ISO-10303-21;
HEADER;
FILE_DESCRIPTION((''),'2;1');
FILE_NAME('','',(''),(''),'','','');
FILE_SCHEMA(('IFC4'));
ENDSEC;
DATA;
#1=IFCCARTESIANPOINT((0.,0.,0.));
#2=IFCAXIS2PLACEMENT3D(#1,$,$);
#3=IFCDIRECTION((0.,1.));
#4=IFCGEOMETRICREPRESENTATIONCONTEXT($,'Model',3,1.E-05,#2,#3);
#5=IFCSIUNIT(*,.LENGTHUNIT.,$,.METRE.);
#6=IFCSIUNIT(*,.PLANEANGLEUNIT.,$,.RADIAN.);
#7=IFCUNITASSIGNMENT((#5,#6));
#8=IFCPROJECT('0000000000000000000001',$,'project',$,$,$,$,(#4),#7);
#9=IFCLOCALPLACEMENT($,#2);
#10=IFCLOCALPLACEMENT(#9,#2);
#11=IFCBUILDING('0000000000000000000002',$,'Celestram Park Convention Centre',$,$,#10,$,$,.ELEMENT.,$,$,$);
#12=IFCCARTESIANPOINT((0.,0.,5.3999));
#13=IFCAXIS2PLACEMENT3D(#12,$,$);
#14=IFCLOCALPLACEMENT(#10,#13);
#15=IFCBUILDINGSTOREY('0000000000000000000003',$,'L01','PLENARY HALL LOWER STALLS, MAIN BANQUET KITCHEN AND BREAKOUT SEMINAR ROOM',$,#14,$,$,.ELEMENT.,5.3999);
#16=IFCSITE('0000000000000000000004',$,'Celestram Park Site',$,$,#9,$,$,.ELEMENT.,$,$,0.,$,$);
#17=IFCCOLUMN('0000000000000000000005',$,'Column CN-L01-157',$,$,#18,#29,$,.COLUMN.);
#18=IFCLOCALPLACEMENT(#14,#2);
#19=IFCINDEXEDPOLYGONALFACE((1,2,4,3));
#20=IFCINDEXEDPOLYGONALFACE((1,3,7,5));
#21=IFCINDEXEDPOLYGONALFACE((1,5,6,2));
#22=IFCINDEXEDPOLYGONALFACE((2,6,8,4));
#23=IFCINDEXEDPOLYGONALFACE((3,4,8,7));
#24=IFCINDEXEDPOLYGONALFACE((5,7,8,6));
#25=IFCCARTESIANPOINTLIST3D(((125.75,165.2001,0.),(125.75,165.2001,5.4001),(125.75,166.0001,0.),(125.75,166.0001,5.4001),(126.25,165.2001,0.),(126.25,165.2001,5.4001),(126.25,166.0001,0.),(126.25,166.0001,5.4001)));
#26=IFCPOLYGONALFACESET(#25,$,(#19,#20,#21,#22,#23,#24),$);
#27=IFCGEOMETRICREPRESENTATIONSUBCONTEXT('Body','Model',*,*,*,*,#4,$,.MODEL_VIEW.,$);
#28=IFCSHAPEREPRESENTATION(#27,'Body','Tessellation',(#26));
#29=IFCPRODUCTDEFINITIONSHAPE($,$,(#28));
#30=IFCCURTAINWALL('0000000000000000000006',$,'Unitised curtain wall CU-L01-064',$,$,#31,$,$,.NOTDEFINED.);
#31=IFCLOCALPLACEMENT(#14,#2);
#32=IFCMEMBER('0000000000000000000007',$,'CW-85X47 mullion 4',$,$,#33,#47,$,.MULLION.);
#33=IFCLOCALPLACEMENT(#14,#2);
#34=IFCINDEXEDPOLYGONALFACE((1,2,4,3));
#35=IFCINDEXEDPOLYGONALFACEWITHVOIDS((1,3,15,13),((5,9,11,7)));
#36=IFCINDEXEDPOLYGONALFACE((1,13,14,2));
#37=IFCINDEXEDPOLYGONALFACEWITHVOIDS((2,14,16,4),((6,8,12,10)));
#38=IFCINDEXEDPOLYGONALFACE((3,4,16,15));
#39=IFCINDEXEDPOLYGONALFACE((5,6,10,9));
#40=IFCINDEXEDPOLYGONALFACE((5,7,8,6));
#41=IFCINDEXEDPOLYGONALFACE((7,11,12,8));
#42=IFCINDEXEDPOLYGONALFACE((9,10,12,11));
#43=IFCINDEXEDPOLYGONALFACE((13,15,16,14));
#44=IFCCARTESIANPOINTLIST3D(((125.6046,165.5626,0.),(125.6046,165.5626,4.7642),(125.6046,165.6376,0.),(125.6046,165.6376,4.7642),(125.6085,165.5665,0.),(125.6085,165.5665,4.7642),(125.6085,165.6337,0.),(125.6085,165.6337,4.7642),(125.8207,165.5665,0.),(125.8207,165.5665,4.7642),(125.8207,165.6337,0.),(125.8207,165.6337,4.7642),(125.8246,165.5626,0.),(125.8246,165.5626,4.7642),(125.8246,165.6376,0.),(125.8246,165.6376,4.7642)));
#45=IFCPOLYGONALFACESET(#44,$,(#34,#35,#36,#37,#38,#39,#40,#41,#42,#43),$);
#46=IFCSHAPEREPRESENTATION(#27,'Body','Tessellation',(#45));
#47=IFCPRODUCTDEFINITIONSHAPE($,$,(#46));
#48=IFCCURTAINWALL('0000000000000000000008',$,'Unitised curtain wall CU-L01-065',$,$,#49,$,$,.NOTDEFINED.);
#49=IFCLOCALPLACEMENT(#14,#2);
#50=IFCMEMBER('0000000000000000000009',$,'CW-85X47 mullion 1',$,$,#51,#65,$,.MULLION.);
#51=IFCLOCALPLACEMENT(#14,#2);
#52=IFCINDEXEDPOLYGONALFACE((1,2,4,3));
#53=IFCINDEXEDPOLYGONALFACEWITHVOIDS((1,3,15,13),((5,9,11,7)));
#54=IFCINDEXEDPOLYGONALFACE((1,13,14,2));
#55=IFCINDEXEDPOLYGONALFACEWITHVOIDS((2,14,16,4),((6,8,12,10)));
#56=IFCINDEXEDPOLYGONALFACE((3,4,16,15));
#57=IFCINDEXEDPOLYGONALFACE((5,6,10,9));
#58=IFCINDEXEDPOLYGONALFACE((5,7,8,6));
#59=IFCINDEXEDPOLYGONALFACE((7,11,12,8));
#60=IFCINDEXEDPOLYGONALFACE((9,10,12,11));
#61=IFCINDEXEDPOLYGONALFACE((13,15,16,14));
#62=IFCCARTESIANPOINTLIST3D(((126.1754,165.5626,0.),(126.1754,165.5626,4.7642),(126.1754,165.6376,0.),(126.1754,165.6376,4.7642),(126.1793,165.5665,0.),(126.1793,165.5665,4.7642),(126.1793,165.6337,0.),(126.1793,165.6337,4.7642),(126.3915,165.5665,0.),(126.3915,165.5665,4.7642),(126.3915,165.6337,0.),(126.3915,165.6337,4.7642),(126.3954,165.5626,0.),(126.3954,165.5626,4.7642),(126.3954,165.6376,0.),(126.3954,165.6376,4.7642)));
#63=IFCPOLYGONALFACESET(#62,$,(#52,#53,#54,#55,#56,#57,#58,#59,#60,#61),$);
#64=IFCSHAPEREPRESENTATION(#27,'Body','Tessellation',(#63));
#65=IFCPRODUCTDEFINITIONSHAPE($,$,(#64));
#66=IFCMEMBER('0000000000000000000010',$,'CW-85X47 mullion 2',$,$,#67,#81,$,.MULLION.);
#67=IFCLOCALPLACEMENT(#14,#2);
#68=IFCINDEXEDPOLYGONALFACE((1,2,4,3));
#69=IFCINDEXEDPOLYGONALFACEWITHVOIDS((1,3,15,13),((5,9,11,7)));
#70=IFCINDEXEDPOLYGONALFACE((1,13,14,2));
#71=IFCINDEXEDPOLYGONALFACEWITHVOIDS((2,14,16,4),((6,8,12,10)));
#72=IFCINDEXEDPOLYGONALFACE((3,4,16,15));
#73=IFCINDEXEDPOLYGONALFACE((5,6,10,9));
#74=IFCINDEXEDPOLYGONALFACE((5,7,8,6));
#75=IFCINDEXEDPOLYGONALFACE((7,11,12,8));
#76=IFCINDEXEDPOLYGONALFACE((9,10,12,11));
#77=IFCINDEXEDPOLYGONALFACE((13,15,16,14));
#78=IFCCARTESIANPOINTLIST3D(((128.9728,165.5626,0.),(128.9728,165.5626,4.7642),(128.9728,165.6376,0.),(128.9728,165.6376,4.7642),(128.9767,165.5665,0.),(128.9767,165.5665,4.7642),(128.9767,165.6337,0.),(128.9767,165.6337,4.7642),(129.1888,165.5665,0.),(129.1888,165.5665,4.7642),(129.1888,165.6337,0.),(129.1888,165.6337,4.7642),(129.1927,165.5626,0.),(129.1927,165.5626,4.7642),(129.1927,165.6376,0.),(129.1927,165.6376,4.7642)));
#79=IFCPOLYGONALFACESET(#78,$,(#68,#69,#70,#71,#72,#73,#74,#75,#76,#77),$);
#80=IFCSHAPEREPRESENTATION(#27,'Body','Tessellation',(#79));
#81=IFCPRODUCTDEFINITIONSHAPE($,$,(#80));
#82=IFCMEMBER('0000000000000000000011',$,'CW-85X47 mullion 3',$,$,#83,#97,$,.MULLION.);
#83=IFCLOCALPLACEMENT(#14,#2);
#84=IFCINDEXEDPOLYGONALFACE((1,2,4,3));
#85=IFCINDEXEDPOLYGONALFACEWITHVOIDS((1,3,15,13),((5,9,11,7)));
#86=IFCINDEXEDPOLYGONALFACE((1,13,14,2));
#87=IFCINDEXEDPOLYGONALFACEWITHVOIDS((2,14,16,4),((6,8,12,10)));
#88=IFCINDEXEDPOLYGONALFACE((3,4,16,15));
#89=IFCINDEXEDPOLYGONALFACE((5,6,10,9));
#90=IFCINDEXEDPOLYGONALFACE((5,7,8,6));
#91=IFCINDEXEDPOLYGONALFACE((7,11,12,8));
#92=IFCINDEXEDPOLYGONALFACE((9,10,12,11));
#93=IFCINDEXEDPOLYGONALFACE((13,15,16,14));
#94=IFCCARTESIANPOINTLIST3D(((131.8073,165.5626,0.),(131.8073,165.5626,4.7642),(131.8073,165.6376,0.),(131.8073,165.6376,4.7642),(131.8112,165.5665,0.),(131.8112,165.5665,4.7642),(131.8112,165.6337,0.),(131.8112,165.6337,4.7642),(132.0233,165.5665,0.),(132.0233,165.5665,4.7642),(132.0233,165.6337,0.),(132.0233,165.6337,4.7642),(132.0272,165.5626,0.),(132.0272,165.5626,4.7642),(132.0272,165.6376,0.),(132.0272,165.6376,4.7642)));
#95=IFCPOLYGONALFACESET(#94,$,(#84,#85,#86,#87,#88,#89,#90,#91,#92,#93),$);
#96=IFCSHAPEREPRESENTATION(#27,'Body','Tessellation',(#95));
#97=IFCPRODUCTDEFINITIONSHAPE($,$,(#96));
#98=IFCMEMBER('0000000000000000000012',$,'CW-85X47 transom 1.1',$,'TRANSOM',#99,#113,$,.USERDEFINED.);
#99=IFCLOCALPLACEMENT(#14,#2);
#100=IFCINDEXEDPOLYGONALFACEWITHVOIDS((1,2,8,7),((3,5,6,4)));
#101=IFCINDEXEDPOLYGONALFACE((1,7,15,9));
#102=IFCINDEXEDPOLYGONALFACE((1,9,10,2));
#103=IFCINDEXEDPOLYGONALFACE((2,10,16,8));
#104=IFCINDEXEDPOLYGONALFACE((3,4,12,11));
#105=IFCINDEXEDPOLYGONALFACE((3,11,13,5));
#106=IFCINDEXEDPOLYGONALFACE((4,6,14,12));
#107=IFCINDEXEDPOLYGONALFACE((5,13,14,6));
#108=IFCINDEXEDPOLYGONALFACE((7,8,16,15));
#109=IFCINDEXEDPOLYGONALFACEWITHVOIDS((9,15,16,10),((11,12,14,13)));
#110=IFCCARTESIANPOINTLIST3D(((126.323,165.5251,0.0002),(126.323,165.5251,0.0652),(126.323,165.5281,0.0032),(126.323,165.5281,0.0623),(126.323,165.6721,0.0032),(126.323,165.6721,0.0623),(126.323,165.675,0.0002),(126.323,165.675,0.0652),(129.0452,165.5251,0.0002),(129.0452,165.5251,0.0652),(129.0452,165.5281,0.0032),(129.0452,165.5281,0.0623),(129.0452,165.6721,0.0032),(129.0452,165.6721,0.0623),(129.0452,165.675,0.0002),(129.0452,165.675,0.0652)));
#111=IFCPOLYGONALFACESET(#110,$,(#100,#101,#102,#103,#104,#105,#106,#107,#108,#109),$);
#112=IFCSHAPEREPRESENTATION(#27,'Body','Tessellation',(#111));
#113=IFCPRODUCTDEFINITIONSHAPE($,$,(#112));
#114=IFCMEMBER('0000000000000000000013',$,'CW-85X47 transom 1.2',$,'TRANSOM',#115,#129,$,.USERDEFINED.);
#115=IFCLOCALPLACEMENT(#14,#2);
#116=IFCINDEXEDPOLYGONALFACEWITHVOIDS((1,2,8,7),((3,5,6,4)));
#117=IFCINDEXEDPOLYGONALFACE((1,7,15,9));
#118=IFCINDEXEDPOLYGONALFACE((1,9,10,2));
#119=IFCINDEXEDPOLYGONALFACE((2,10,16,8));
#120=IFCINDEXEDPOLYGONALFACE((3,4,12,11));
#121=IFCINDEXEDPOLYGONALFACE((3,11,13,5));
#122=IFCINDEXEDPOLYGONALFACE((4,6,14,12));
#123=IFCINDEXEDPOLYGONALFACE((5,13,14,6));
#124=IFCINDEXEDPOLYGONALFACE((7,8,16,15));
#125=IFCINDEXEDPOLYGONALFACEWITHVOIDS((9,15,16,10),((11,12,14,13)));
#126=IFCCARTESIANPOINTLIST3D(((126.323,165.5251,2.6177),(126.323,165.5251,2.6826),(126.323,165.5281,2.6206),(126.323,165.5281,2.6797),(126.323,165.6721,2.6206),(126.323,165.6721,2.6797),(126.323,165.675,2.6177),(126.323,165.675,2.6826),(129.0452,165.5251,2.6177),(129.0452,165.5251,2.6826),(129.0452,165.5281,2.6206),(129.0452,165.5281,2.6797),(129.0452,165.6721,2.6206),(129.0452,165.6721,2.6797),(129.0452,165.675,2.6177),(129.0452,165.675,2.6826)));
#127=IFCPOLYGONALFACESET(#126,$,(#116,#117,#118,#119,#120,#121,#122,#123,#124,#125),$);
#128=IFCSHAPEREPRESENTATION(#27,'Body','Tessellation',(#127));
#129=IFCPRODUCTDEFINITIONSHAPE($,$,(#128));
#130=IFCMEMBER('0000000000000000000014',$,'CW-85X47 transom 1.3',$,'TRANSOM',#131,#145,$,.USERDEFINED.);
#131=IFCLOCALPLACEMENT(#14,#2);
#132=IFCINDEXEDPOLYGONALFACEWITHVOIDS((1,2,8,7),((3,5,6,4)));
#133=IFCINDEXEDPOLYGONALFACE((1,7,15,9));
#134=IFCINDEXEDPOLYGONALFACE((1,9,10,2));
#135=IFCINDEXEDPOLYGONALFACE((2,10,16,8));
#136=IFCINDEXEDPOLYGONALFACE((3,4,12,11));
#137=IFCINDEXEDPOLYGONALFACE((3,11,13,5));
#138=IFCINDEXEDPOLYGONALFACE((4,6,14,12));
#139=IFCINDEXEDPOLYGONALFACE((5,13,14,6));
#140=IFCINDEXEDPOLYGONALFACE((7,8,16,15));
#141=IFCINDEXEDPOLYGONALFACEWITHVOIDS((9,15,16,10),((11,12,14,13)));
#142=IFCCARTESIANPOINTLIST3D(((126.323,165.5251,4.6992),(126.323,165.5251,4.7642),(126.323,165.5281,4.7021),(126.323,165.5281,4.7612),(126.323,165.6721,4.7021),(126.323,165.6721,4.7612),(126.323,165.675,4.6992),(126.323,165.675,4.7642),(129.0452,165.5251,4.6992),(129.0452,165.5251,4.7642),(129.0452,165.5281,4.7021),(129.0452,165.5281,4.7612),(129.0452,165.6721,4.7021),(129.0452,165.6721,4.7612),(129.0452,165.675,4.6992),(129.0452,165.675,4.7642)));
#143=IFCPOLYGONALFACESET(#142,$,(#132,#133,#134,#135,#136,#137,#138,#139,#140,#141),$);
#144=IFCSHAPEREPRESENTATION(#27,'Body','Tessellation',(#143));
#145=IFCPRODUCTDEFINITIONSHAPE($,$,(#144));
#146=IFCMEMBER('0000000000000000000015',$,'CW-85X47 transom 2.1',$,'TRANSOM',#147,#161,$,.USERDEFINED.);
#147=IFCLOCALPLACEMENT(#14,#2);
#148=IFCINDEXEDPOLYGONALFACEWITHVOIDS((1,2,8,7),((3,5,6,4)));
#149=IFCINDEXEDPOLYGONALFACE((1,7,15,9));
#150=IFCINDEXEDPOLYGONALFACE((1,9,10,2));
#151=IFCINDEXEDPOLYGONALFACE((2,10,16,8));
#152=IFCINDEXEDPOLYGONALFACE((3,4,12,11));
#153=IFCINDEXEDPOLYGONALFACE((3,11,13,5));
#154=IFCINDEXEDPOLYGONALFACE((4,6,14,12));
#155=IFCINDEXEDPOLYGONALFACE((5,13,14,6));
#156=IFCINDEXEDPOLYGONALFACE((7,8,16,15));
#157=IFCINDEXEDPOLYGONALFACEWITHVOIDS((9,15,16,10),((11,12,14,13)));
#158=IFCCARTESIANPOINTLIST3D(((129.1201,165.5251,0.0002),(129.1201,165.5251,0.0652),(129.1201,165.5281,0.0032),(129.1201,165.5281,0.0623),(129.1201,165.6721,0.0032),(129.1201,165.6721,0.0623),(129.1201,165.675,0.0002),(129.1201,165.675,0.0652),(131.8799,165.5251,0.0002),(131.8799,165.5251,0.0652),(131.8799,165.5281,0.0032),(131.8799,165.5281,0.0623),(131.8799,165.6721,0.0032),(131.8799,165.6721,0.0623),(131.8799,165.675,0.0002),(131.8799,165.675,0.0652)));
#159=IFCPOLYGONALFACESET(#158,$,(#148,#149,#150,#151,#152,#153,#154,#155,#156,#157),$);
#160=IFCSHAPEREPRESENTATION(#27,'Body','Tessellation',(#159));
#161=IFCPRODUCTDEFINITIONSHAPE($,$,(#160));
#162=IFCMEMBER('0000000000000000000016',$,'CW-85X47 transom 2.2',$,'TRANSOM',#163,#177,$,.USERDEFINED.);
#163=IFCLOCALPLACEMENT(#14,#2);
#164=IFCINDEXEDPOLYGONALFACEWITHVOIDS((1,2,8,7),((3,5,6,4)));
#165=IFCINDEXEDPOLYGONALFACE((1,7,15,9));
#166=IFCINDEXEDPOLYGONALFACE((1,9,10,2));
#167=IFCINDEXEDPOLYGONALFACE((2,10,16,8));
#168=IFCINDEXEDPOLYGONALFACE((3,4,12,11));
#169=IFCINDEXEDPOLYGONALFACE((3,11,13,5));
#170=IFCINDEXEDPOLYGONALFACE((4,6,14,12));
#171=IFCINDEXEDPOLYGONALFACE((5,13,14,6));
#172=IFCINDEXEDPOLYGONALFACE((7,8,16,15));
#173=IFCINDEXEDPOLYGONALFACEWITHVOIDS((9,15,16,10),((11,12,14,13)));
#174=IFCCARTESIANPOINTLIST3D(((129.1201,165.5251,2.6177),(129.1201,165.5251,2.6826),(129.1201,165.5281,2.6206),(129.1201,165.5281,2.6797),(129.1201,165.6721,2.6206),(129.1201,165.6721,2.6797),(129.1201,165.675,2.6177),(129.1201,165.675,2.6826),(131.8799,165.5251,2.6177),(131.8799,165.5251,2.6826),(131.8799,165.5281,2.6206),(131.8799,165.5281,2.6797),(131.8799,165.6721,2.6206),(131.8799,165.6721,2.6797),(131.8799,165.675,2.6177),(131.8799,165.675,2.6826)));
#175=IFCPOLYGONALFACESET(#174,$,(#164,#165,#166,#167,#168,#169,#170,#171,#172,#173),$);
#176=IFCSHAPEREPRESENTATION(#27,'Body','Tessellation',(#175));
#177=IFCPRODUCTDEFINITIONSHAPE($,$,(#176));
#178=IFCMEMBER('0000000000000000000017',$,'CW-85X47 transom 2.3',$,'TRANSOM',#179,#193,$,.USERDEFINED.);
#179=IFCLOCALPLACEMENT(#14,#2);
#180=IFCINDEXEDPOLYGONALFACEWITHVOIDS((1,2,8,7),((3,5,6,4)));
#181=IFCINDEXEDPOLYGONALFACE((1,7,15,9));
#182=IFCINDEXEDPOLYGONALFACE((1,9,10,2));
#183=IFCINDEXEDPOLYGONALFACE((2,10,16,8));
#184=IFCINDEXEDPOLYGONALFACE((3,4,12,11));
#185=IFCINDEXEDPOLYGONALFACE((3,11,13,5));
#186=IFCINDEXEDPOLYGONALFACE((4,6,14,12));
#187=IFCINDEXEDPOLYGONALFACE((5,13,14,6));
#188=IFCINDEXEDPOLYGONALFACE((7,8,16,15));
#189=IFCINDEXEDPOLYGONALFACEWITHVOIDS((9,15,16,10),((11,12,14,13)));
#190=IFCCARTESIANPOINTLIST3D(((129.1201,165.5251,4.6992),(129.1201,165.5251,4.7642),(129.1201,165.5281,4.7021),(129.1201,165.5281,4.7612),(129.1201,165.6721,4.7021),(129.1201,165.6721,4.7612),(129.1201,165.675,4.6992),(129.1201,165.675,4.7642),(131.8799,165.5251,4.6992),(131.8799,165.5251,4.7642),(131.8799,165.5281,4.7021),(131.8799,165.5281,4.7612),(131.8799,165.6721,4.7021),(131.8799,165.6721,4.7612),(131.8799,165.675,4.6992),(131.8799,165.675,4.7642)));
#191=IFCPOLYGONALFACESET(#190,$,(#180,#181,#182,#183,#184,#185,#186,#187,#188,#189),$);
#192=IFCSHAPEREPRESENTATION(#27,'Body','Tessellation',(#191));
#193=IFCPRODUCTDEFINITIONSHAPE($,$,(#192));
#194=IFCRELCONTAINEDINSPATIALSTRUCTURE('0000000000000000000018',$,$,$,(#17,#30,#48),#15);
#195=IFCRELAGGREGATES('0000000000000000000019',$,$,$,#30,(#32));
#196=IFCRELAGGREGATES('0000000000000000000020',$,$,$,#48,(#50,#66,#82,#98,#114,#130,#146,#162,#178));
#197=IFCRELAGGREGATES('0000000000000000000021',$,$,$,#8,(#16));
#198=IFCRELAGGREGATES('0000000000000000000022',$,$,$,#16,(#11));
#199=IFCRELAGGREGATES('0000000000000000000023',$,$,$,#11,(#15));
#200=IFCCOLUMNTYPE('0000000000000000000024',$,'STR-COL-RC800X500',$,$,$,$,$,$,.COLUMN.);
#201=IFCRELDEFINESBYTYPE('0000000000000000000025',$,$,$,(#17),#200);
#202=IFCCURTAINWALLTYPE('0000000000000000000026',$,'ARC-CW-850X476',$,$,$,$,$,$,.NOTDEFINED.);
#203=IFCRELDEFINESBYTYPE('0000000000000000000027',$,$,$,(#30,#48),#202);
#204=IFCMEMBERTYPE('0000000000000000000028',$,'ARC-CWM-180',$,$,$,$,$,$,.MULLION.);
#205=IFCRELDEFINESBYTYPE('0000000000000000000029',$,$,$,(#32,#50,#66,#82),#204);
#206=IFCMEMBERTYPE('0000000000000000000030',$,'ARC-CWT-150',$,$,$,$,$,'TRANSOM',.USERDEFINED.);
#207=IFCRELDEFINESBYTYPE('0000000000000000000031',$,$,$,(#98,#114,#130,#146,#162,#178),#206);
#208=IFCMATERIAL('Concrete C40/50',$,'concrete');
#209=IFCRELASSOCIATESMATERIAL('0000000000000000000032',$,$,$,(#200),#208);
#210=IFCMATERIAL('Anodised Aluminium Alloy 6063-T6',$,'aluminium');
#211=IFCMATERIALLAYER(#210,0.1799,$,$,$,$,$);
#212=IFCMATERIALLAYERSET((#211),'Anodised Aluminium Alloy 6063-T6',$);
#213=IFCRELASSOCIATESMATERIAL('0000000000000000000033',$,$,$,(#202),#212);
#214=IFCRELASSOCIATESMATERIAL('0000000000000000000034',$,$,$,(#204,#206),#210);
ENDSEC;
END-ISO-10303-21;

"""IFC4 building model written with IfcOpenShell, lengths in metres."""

from ifc_helpers import new_model, si_unit, direction, frame, origin, origin_2d, place, context, subcontext, project, spatial, rectangle, hollow_rectangle, extrude, material, layer, layer_set, material_profile, profile_set, type_object, element, aggregate, save


model = new_model("IFC4")

# Units and contexts
model_context = context("Model", 3, precision=1e-05, world=origin(), true_north=direction((0.0, 1.0)))
body_context = subcontext(model_context, "Body", "Model", "MODEL_VIEW")
ifc_project = project(units=[si_unit("LENGTHUNIT", "METRE"), si_unit("PLANEANGLEUNIT", "RADIAN")], contexts=[model_context])

# Site, building, storey
site_placement = place(None, origin())
site = spatial("IfcSite", under=ifc_project, at=site_placement, Name="Celestram Park Site", CompositionType="ELEMENT", RefElevation=0.0)
building_placement = place(site_placement, origin())
building = spatial("IfcBuilding", under=site, at=building_placement, Name="Celestram Park Convention Centre", CompositionType="ELEMENT")
storey_placement = place(building_placement, frame((0.0, 0.0, 5.3999)))
storey = spatial("IfcBuildingStorey", under=building, at=storey_placement, Name="L01", Description="PLENARY HALL LOWER STALLS, MAIN BANQUET KITCHEN AND BREAKOUT SEMINAR ROOM", CompositionType="ELEMENT", Elevation=5.3999)

# Column
ifc_material_1 = material(Name="Concrete C40/50", Category="concrete")
ifc_material_profile_1 = material_profile(ifc_material_1, rectangle(XDim=0.5, YDim=0.8, at=origin_2d()), Name="RC800X500")
ifc_profile_set_1 = profile_set([ifc_material_profile_1], Name="Concrete C40/50")
column_type = type_object("IfcColumnType", Name="STR-COL-RC800X500", PredefinedType="COLUMN", material=ifc_profile_set_1)
column_placement = place(storey_placement, frame((126.0, 165.6001, 0.0), z_axis=(0.0, 0.0, 1.0), x_axis=(1.0, 0.0, 0.0)))
element("IfcColumn", 1, at=column_placement, inside=storey, type_object=column_type, Name="Column CN-L01-157", PredefinedType="COLUMN", context=body_context, shape_type="SweptSolid", body=[
    extrude(rectangle(XDim=0.5, YDim=0.8, at=origin_2d()), origin(), (0.0, 0.0, 1.0), 5.4001),
])

# Curtain wall, member
ifc_material_2 = material(Name="Anodised Aluminium Alloy 6063-T6", Category="aluminium")
ifc_layer_1 = layer(ifc_material_2, 0.1799)
ifc_layer_set_1 = layer_set([ifc_layer_1], Name="Anodised Aluminium Alloy 6063-T6")
curtain_wall_type = type_object("IfcCurtainWallType", Name="ARC-CW-850X476", PredefinedType="NOTDEFINED", material=ifc_layer_set_1)
curtain_wall_1_placement = place(storey_placement, origin())
curtain_wall_1 = element("IfcCurtainWall", 2, at=curtain_wall_1_placement, inside=storey, type_object=curtain_wall_type, Name="Unitised curtain wall CU-L01-064", PredefinedType="NOTDEFINED")
ifc_material_profile_2 = material_profile(ifc_material_2, hollow_rectangle(XDim=0.075, YDim=0.22, WallThickness=0.0039, at=origin_2d()), Name="ALU75X220X4")
ifc_profile_set_2 = profile_set([ifc_material_profile_2], Name="Anodised Aluminium Alloy 6063-T6")
member_type_1 = type_object("IfcMemberType", Name="ARC-CWM-180", PredefinedType="MULLION", material=ifc_profile_set_2)
member_1_placement = place(storey_placement, frame((125.7146, 165.6001, 0.0), z_axis=(0.0, 0.0, 1.0), x_axis=(0.0, 1.0, 0.0)))
member_1 = element("IfcMember", 3, at=member_1_placement, type_object=member_type_1, Name="CW-85X47 mullion 4", PredefinedType="MULLION", context=body_context, shape_type="SweptSolid", body=[
    extrude(hollow_rectangle(XDim=0.075, YDim=0.22, WallThickness=0.0039, at=origin_2d()), origin(), (0.0, 0.0, 1.0), 4.7642),
])
aggregate(curtain_wall_1, [member_1])

# Curtain wall, members
curtain_wall_2_placement = place(storey_placement, origin())
curtain_wall_2 = element("IfcCurtainWall", 4, at=curtain_wall_2_placement, inside=storey, type_object=curtain_wall_type, Name="Unitised curtain wall CU-L01-065", PredefinedType="NOTDEFINED")
member_2_placement = place(storey_placement, frame((126.2854, 165.6001, 0.0), z_axis=(0.0, 0.0, 1.0), x_axis=(0.0, 1.0, 0.0)))
member_2 = element("IfcMember", 5, at=member_2_placement, type_object=member_type_1, Name="CW-85X47 mullion 1", PredefinedType="MULLION", context=body_context, shape_type="SweptSolid", body=[
    extrude(hollow_rectangle(XDim=0.075, YDim=0.22, WallThickness=0.0039, at=origin_2d()), origin(), (0.0, 0.0, 1.0), 4.7642),
])
member_3_placement = place(storey_placement, frame((129.0828, 165.6001, 0.0), z_axis=(0.0, 0.0, 1.0), x_axis=(0.0, 1.0, 0.0)))
member_3 = element("IfcMember", 6, at=member_3_placement, type_object=member_type_1, Name="CW-85X47 mullion 2", PredefinedType="MULLION", context=body_context, shape_type="SweptSolid", body=[
    extrude(hollow_rectangle(XDim=0.075, YDim=0.22, WallThickness=0.0039, at=origin_2d()), origin(), (0.0, 0.0, 1.0), 4.7642),
])
member_4_placement = place(storey_placement, frame((131.9172, 165.6001, 0.0), z_axis=(0.0, 0.0, 1.0), x_axis=(0.0, 1.0, 0.0)))
member_4 = element("IfcMember", 7, at=member_4_placement, type_object=member_type_1, Name="CW-85X47 mullion 3", PredefinedType="MULLION", context=body_context, shape_type="SweptSolid", body=[
    extrude(hollow_rectangle(XDim=0.075, YDim=0.22, WallThickness=0.0039, at=origin_2d()), origin(), (0.0, 0.0, 1.0), 4.7642),
])
ifc_material_profile_3 = material_profile(ifc_material_2, hollow_rectangle(XDim=0.1499, YDim=0.0649, WallThickness=0.0029, at=origin_2d()), Name="ALU150X65X3")
ifc_profile_set_3 = profile_set([ifc_material_profile_3], Name="Anodised Aluminium Alloy 6063-T6")
member_type_2 = type_object("IfcMemberType", Name="ARC-CWT-150", ElementType="TRANSOM", PredefinedType="USERDEFINED", material=ifc_profile_set_3)
member_5_placement = place(storey_placement, frame((126.323, 165.6001, 0.0327), z_axis=(1.0, 0.0, 0.0), x_axis=(0.0, 1.0, 0.0)))
member_5 = element("IfcMember", 8, at=member_5_placement, type_object=member_type_2, Name="CW-85X47 transom 1.1", ObjectType="TRANSOM", PredefinedType="USERDEFINED", context=body_context, shape_type="SweptSolid", body=[
    extrude(hollow_rectangle(XDim=0.1499, YDim=0.0649, WallThickness=0.0029, at=origin_2d()), origin(), (0.0, 0.0, 1.0), 2.7222),
])
member_6_placement = place(storey_placement, frame((126.323, 165.6001, 2.6501), z_axis=(1.0, 0.0, 0.0), x_axis=(0.0, 1.0, 0.0)))
member_6 = element("IfcMember", 9, at=member_6_placement, type_object=member_type_2, Name="CW-85X47 transom 1.2", ObjectType="TRANSOM", PredefinedType="USERDEFINED", context=body_context, shape_type="SweptSolid", body=[
    extrude(hollow_rectangle(XDim=0.1499, YDim=0.0649, WallThickness=0.0029, at=origin_2d()), origin(), (0.0, 0.0, 1.0), 2.7222),
])
member_7_placement = place(storey_placement, frame((126.323, 165.6001, 4.7317), z_axis=(1.0, 0.0, 0.0), x_axis=(0.0, 1.0, 0.0)))
member_7 = element("IfcMember", 10, at=member_7_placement, type_object=member_type_2, Name="CW-85X47 transom 1.3", ObjectType="TRANSOM", PredefinedType="USERDEFINED", context=body_context, shape_type="SweptSolid", body=[
    extrude(hollow_rectangle(XDim=0.1499, YDim=0.0649, WallThickness=0.0029, at=origin_2d()), origin(), (0.0, 0.0, 1.0), 2.7222),
])
member_8_placement = place(storey_placement, frame((129.1201, 165.6001, 0.0327), z_axis=(1.0, 0.0, 0.0), x_axis=(0.0, 1.0, 0.0)))
member_8 = element("IfcMember", 11, at=member_8_placement, type_object=member_type_2, Name="CW-85X47 transom 2.1", ObjectType="TRANSOM", PredefinedType="USERDEFINED", context=body_context, shape_type="SweptSolid", body=[
    extrude(hollow_rectangle(XDim=0.1499, YDim=0.0649, WallThickness=0.0029, at=origin_2d()), origin(), (0.0, 0.0, 1.0), 2.7598),
])
member_9_placement = place(storey_placement, frame((129.1201, 165.6001, 2.6501), z_axis=(1.0, 0.0, 0.0), x_axis=(0.0, 1.0, 0.0)))
member_9 = element("IfcMember", 12, at=member_9_placement, type_object=member_type_2, Name="CW-85X47 transom 2.2", ObjectType="TRANSOM", PredefinedType="USERDEFINED", context=body_context, shape_type="SweptSolid", body=[
    extrude(hollow_rectangle(XDim=0.1499, YDim=0.0649, WallThickness=0.0029, at=origin_2d()), origin(), (0.0, 0.0, 1.0), 2.7598),
])
member_10_placement = place(storey_placement, frame((129.1201, 165.6001, 4.7317), z_axis=(1.0, 0.0, 0.0), x_axis=(0.0, 1.0, 0.0)))
member_10 = element("IfcMember", 13, at=member_10_placement, type_object=member_type_2, Name="CW-85X47 transom 2.3", ObjectType="TRANSOM", PredefinedType="USERDEFINED", context=body_context, shape_type="SweptSolid", body=[
    extrude(hollow_rectangle(XDim=0.1499, YDim=0.0649, WallThickness=0.0029, at=origin_2d()), origin(), (0.0, 0.0, 1.0), 2.7598),
])

aggregate(curtain_wall_2, [member_2, member_3, member_4, member_5, member_6, member_7, member_8, member_9, member_10])

save(model, "model.ifc")
